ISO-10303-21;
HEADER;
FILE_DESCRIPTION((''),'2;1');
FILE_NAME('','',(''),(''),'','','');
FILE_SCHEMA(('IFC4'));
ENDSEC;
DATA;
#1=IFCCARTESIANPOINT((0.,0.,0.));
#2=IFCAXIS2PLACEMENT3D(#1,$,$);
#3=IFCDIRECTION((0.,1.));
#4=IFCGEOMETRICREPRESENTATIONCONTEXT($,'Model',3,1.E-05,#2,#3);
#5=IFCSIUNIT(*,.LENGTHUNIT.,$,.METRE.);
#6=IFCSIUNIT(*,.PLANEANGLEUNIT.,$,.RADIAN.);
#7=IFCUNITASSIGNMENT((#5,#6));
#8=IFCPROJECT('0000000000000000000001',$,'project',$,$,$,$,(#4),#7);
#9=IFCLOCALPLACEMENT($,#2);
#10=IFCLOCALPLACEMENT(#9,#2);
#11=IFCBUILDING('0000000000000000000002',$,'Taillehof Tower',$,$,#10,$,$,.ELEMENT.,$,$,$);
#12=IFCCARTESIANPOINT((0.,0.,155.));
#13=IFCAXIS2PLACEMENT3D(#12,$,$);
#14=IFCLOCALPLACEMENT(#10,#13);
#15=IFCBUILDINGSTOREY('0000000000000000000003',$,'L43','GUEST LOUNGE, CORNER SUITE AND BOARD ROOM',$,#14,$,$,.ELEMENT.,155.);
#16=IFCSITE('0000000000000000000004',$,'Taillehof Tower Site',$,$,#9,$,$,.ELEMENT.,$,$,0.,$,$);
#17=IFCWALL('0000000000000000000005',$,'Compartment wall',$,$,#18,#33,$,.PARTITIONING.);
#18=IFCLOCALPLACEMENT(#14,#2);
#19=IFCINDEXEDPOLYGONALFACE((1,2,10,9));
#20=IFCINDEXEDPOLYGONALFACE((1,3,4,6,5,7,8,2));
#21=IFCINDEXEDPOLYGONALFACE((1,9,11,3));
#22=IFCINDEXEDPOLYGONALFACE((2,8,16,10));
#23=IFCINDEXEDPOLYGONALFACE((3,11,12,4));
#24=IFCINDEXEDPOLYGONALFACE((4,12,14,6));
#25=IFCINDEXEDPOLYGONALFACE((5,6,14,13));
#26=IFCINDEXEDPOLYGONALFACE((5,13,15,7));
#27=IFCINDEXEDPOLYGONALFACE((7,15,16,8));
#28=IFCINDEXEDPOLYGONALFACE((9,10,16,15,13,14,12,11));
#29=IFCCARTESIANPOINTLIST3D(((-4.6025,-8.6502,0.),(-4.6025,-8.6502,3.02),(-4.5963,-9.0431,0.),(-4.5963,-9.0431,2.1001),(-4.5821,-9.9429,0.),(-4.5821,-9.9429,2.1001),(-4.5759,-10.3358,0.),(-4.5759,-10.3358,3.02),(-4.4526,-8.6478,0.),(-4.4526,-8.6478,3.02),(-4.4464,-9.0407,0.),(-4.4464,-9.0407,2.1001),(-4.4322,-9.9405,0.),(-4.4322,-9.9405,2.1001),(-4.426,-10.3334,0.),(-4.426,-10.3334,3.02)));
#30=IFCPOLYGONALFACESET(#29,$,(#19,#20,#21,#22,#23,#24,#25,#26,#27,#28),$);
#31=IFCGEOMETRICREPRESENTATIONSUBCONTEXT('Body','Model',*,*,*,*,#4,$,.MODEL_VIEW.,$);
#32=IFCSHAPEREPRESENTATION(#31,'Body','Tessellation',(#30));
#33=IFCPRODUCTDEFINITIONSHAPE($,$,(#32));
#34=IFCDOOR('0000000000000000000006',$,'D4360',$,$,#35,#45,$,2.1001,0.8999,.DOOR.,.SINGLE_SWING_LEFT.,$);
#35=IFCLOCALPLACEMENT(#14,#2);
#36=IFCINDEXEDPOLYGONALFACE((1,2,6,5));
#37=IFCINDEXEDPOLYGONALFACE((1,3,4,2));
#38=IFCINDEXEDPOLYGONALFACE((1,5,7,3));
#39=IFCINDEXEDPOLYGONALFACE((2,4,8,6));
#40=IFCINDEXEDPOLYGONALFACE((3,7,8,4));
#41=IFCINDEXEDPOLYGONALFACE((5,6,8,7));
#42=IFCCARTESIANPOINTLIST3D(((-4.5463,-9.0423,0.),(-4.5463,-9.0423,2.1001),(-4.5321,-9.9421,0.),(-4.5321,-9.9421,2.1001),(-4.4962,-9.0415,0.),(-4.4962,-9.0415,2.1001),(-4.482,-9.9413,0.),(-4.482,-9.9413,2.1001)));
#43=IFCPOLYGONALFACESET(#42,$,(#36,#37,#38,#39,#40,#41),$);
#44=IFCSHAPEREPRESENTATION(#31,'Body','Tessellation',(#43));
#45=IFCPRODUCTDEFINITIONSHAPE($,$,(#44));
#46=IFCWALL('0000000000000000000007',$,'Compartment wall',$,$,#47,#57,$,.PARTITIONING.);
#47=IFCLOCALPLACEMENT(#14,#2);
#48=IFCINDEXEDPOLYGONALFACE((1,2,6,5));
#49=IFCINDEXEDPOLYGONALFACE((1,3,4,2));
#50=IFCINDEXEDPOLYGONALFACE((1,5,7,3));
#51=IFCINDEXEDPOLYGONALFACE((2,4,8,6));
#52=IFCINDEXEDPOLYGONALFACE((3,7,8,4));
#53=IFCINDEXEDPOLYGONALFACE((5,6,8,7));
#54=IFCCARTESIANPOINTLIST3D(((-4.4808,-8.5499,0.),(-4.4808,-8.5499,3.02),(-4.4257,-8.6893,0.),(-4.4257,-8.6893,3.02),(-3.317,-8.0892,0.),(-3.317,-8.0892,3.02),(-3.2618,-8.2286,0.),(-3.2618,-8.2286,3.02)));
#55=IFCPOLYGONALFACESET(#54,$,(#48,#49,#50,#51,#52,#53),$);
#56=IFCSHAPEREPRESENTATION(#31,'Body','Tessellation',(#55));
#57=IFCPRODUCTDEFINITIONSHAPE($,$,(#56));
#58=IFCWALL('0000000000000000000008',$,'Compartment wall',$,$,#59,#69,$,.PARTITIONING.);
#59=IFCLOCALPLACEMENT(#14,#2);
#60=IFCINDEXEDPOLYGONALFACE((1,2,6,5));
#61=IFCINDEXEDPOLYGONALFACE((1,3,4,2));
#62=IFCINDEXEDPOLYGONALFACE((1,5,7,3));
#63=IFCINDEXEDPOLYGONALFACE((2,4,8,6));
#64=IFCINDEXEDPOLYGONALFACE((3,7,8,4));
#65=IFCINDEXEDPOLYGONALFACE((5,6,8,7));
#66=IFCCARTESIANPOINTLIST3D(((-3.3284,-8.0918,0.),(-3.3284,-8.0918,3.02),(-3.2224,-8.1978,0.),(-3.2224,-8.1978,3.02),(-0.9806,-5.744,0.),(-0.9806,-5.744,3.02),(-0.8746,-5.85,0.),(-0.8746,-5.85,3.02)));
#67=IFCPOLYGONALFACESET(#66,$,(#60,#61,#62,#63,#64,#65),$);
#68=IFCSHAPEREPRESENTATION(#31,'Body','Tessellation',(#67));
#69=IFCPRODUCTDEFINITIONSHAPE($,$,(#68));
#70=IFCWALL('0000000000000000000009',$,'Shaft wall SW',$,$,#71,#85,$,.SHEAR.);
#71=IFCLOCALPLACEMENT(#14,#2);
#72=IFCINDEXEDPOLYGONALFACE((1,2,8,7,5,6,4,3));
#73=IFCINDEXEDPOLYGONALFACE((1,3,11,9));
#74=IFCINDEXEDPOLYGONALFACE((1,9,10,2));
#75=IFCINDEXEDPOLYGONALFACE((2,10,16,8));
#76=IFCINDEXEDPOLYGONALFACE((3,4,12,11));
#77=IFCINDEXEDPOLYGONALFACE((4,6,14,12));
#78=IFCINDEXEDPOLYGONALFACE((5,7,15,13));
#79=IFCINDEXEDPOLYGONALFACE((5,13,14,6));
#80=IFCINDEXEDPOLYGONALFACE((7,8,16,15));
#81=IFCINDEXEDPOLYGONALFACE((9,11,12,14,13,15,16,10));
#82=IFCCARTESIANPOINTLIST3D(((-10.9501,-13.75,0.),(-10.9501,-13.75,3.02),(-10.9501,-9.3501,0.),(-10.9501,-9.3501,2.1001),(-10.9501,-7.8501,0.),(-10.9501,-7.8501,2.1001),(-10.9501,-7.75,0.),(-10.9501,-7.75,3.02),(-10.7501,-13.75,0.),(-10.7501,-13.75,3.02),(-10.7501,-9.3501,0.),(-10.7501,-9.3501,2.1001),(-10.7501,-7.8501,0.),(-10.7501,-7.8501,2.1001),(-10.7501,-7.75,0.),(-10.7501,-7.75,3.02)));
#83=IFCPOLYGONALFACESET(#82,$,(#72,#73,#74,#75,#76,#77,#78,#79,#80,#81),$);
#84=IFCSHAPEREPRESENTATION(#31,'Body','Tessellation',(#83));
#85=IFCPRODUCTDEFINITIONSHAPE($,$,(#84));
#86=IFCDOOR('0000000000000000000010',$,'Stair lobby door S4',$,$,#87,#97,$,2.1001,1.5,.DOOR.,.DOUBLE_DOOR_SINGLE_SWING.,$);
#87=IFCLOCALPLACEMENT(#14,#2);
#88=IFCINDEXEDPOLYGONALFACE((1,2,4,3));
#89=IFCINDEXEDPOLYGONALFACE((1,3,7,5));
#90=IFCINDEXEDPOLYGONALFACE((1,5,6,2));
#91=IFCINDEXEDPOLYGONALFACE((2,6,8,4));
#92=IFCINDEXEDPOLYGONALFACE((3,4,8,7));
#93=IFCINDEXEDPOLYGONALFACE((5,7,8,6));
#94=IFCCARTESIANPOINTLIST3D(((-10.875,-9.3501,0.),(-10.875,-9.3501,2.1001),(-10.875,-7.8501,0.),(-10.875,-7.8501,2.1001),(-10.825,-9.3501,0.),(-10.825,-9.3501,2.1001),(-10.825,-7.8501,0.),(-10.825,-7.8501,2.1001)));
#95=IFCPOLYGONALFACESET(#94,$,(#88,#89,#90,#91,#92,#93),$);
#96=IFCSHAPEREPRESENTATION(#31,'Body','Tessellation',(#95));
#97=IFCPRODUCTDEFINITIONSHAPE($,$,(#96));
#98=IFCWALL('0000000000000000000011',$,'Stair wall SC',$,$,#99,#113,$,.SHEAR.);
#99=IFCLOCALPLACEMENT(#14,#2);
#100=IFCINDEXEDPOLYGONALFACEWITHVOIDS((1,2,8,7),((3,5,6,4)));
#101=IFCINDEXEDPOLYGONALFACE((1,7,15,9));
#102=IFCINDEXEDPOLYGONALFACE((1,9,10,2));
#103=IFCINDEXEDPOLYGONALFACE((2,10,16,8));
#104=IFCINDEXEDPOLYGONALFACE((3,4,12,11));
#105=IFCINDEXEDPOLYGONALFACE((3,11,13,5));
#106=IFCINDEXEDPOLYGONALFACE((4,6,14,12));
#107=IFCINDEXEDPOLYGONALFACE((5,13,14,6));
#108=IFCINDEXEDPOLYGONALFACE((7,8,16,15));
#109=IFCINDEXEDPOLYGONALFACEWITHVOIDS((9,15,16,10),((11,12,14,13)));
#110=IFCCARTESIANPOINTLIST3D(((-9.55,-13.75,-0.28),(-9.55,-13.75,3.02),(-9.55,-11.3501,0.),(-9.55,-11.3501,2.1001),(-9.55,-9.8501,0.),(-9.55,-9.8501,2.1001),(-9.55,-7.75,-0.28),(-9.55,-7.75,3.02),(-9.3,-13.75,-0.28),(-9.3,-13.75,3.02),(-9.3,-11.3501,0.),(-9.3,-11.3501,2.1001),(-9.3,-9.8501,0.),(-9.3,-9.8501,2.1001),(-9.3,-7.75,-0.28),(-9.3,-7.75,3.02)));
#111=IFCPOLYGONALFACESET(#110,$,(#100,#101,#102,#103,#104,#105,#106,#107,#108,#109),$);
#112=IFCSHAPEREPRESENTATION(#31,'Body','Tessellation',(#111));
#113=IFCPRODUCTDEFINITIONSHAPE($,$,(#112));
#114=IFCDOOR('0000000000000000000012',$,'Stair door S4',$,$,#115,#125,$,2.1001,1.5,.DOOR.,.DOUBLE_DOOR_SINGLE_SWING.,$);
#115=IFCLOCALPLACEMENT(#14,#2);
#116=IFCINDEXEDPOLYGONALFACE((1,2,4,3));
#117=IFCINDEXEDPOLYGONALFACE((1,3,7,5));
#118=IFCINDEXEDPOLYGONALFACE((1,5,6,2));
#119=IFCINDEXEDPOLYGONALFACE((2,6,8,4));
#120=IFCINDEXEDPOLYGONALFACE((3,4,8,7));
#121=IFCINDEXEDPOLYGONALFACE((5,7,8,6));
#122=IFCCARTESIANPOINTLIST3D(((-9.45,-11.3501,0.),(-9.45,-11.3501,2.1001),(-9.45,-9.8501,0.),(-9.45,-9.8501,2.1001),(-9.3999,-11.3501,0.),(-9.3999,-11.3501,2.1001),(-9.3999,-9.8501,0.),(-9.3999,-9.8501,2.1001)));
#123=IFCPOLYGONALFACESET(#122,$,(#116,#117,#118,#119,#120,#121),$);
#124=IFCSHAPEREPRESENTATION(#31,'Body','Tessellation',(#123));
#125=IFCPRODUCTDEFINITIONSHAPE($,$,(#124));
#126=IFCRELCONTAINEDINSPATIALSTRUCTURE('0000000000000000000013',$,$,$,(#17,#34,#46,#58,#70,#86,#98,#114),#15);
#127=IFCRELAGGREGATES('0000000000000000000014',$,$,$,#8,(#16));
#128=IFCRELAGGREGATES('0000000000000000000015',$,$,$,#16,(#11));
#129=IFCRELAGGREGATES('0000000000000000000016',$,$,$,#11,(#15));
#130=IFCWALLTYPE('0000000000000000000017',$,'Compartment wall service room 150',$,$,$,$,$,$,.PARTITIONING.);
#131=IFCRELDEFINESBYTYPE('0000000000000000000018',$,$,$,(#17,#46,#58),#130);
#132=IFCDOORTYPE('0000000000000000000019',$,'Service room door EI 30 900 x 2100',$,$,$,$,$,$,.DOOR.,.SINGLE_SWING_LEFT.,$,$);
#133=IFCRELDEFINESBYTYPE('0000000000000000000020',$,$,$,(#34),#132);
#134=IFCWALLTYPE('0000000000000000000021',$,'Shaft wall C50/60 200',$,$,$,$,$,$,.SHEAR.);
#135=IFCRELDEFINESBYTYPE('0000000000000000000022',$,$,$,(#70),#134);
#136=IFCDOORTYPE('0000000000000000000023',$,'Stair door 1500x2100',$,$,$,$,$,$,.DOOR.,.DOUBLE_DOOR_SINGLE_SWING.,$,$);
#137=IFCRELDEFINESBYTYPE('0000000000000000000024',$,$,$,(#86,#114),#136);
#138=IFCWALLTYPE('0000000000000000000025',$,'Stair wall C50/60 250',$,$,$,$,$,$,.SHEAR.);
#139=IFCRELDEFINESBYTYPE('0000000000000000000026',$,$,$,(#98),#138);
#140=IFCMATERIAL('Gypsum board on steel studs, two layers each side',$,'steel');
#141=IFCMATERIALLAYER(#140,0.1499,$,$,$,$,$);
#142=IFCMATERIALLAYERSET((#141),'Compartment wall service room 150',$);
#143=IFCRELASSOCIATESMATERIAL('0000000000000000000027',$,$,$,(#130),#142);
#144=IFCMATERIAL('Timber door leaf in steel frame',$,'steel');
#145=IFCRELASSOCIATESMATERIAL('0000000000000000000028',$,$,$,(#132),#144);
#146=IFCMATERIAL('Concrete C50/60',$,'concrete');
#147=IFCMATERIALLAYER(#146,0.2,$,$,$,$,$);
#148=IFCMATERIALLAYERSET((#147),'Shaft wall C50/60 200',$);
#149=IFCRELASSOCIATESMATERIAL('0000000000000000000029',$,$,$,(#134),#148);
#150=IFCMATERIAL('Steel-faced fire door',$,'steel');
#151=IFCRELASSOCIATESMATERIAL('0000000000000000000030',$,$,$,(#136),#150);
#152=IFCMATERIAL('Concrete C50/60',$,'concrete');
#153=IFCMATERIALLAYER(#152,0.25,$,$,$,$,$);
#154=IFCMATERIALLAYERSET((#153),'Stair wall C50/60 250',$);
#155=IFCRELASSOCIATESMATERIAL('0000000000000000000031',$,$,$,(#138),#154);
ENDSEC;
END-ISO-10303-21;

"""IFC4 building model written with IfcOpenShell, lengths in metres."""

from ifc_helpers import new_model, si_unit, direction, frame, frame_2d, origin, place, context, subcontext, project, spatial, rectangle, extrude, material, layer, layer_set, type_object, element, fill, save


model = new_model("IFC4")

# Units and contexts
model_context = context("Model", 3, precision=1e-05, world=origin(), true_north=direction((0.0, 1.0)))
body_context = subcontext(model_context, "Body", "Model", "MODEL_VIEW")
ifc_project = project(units=[si_unit("LENGTHUNIT", "METRE"), si_unit("PLANEANGLEUNIT", "RADIAN")], contexts=[model_context])

# Site, building, storey
site_placement = place(None, origin())
site = spatial("IfcSite", under=ifc_project, at=site_placement, Name="Taillehof Tower Site", CompositionType="ELEMENT", RefElevation=0.0)
building_placement = place(site_placement, origin())
building = spatial("IfcBuilding", under=site, at=building_placement, Name="Taillehof Tower", CompositionType="ELEMENT")
storey_placement = place(building_placement, frame((0.0, 0.0, 155.0)))
storey = spatial("IfcBuildingStorey", under=building, at=storey_placement, Name="L43", Description="GUEST LOUNGE, CORNER SUITE AND BOARD ROOM", CompositionType="ELEMENT", Elevation=155.0)

# Shared definitions
ifc_material_1 = material(Name="Gypsum board on steel studs, two layers each side", Category="steel")
ifc_layer_1 = layer(ifc_material_1, 0.1499)
ifc_layer_set_1 = layer_set([ifc_layer_1], Name="Compartment wall service room 150")
wall_type_1 = type_object("IfcWallType", Name="Compartment wall service room 150", PredefinedType="PARTITIONING", material=ifc_layer_set_1)

# Wall, opening, door
wall_1_placement = place(storey_placement, frame((-4.501, -10.3345, 0.0), z_axis=(0.0, 0.0, 1.0), x_axis=(-0.015786, 0.999875, 0.0)))
wall_1 = element("IfcWall", 1, at=wall_1_placement, inside=storey, type_object=wall_type_1, Name="Compartment wall", PredefinedType="PARTITIONING", context=body_context, shape_type="SweptSolid", body=[
    extrude(rectangle(XDim=1.6858, YDim=0.1499, at=frame_2d((0.8428, 0.0))), origin(), (0.0, 0.0, 1.0), 3.02),
])
opening_1_placement = place(wall_1_placement, frame((0.3928, 0.0, 0.0)))
opening_1 = element("IfcOpeningElement", 2, at=opening_1_placement, cuts=wall_1, PredefinedType="OPENING", context=body_context, shape_type="SweptSolid", body=[
    extrude(rectangle(XDim=0.8999, YDim=2.1001, at=frame_2d((0.45, 1.05))), frame((0.0, 0.085, 0.0), z_axis=(0.0, -1.0, 0.0), x_axis=(1.0, 0.0, 0.0)), (0.0, 0.0, 1.0), 0.1699),
])
ifc_material_2 = material(Name="Timber door leaf in steel frame", Category="steel")
door_type_1 = type_object("IfcDoorType", Name="Service room door EI 30 900 x 2100", OperationType="SINGLE_SWING_LEFT", PredefinedType="DOOR", material=ifc_material_2)
door_1_placement = place(opening_1_placement, origin())
door_1 = element("IfcDoor", 3, at=door_1_placement, inside=storey, type_object=door_type_1, Name="D4360", OperationType="SINGLE_SWING_LEFT", OverallHeight=2.1001, OverallWidth=0.8999, PredefinedType="DOOR", context=body_context, shape_type="SweptSolid", body=[
    extrude(rectangle(XDim=0.8999, YDim=2.1001, at=frame_2d((0.45, 1.05))), frame((0.0, 0.0249, 0.0), z_axis=(0.0, -1.0, 0.0), x_axis=(1.0, 0.0, 0.0)), (0.0, 0.0, 1.0), 0.05),
])
fill(opening_1, door_1)

# Walls
wall_2_placement = place(storey_placement, frame((-4.4534, -8.6196, 0.0), z_axis=(0.0, 0.0, 1.0), x_axis=(0.929802, 0.368059, 0.0)))
element("IfcWall", 4, at=wall_2_placement, inside=storey, type_object=wall_type_1, Name="Compartment wall", PredefinedType="PARTITIONING", context=body_context, shape_type="SweptSolid", body=[
    extrude(rectangle(XDim=1.2517, YDim=0.1499, at=frame_2d((0.626, 0.0))), origin(), (0.0, 0.0, 1.0), 3.02),
])
wall_3_placement = place(storey_placement, frame((-3.2754, -8.1448, 0.0), z_axis=(0.0, 0.0, 1.0), x_axis=(0.707107, 0.707107, 0.0)))
element("IfcWall", 5, at=wall_3_placement, inside=storey, type_object=wall_type_1, Name="Compartment wall", PredefinedType="PARTITIONING", context=body_context, shape_type="SweptSolid", body=[
    extrude(rectangle(XDim=3.3203, YDim=0.1499, at=frame_2d((1.6602, 0.0))), origin(), (0.0, 0.0, 1.0), 3.02),
])

# Walls, openings, doors
ifc_material_3 = material(Name="Concrete C50/60", Category="concrete")
ifc_layer_2 = layer(ifc_material_3, 0.2)
ifc_layer_set_2 = layer_set([ifc_layer_2], Name="Shaft wall C50/60 200")
wall_type_2 = type_object("IfcWallType", Name="Shaft wall C50/60 200", PredefinedType="SHEAR", material=ifc_layer_set_2)
wall_4_placement = place(storey_placement, frame((-10.8501, -13.75, 0.0), z_axis=(0.0, 0.0, 1.0), x_axis=(0.0, 1.0, 0.0)))
wall_4 = element("IfcWall", 6, at=wall_4_placement, inside=storey, type_object=wall_type_2, Name="Shaft wall SW", PredefinedType="SHEAR", context=body_context, shape_type="SweptSolid", body=[
    extrude(rectangle(XDim=6.0, YDim=0.2, at=frame_2d((3.0, 0.0))), origin(), (0.0, 0.0, 1.0), 3.02),
])
opening_2_placement = place(wall_4_placement, frame((4.3999, 0.0, 0.0)))
opening_2 = element("IfcOpeningElement", 7, at=opening_2_placement, cuts=wall_4, PredefinedType="OPENING", context=body_context, shape_type="SweptSolid", body=[
    extrude(rectangle(XDim=1.5, YDim=2.1001, at=frame_2d((0.75, 1.05))), frame((0.0, 0.1099, 0.0), z_axis=(0.0, -1.0, 0.0), x_axis=(1.0, 0.0, 0.0)), (0.0, 0.0, 1.0), 0.22),
])
ifc_material_4 = material(Name="Steel-faced fire door", Category="steel")
door_type_2 = type_object("IfcDoorType", Name="Stair door 1500x2100", OperationType="DOUBLE_DOOR_SINGLE_SWING", PredefinedType="DOOR", material=ifc_material_4)
door_2_placement = place(opening_2_placement, origin())
door_2 = element("IfcDoor", 8, at=door_2_placement, inside=storey, type_object=door_type_2, Name="Stair lobby door S4", OperationType="DOUBLE_DOOR_SINGLE_SWING", OverallHeight=2.1001, OverallWidth=1.5, PredefinedType="DOOR", context=body_context, shape_type="SweptSolid", body=[
    extrude(rectangle(XDim=1.5, YDim=2.1001, at=frame_2d((0.75, 1.05))), frame((0.0, 0.0249, 0.0), z_axis=(0.0, -1.0, 0.0), x_axis=(1.0, 0.0, 0.0)), (0.0, 0.0, 1.0), 0.05),
])
fill(opening_2, door_2)
ifc_material_5 = material(Name="Concrete C50/60", Category="concrete")
ifc_layer_3 = layer(ifc_material_5, 0.25)
ifc_layer_set_3 = layer_set([ifc_layer_3], Name="Stair wall C50/60 250")
wall_type_3 = type_object("IfcWallType", Name="Stair wall C50/60 250", PredefinedType="SHEAR", material=ifc_layer_set_3)
wall_5_placement = place(storey_placement, frame((-9.425, -13.75, -0.28), z_axis=(0.0, 0.0, 1.0), x_axis=(0.0, 1.0, 0.0)))
wall_5 = element("IfcWall", 9, at=wall_5_placement, inside=storey, type_object=wall_type_3, Name="Stair wall SC", PredefinedType="SHEAR", context=body_context, shape_type="SweptSolid", body=[
    extrude(rectangle(XDim=6.0, YDim=0.25, at=frame_2d((3.0, 0.0))), origin(), (0.0, 0.0, 1.0), 3.3),
])
opening_3_placement = place(wall_5_placement, frame((2.3999, 0.0, 0.28)))
opening_3 = element("IfcOpeningElement", 10, at=opening_3_placement, cuts=wall_5, PredefinedType="OPENING", context=body_context, shape_type="SweptSolid", body=[
    extrude(rectangle(XDim=1.5, YDim=2.1001, at=frame_2d((0.75, 1.05))), frame((0.0, 0.135, 0.0), z_axis=(0.0, -1.0, 0.0), x_axis=(1.0, 0.0, 0.0)), (0.0, 0.0, 1.0), 0.27),
])
door_3_placement = place(opening_3_placement, origin())
door_3 = element("IfcDoor", 11, at=door_3_placement, inside=storey, type_object=door_type_2, Name="Stair door S4", OperationType="DOUBLE_DOOR_SINGLE_SWING", OverallHeight=2.1001, OverallWidth=1.5, PredefinedType="DOOR", context=body_context, shape_type="SweptSolid", body=[
    extrude(rectangle(XDim=1.5, YDim=2.1001, at=frame_2d((0.75, 1.05))), frame((0.0, 0.0249, 0.0), z_axis=(0.0, -1.0, 0.0), x_axis=(1.0, 0.0, 0.0)), (0.0, 0.0, 1.0), 0.05),
])
fill(opening_3, door_3)

save(model, "model.ifc")
